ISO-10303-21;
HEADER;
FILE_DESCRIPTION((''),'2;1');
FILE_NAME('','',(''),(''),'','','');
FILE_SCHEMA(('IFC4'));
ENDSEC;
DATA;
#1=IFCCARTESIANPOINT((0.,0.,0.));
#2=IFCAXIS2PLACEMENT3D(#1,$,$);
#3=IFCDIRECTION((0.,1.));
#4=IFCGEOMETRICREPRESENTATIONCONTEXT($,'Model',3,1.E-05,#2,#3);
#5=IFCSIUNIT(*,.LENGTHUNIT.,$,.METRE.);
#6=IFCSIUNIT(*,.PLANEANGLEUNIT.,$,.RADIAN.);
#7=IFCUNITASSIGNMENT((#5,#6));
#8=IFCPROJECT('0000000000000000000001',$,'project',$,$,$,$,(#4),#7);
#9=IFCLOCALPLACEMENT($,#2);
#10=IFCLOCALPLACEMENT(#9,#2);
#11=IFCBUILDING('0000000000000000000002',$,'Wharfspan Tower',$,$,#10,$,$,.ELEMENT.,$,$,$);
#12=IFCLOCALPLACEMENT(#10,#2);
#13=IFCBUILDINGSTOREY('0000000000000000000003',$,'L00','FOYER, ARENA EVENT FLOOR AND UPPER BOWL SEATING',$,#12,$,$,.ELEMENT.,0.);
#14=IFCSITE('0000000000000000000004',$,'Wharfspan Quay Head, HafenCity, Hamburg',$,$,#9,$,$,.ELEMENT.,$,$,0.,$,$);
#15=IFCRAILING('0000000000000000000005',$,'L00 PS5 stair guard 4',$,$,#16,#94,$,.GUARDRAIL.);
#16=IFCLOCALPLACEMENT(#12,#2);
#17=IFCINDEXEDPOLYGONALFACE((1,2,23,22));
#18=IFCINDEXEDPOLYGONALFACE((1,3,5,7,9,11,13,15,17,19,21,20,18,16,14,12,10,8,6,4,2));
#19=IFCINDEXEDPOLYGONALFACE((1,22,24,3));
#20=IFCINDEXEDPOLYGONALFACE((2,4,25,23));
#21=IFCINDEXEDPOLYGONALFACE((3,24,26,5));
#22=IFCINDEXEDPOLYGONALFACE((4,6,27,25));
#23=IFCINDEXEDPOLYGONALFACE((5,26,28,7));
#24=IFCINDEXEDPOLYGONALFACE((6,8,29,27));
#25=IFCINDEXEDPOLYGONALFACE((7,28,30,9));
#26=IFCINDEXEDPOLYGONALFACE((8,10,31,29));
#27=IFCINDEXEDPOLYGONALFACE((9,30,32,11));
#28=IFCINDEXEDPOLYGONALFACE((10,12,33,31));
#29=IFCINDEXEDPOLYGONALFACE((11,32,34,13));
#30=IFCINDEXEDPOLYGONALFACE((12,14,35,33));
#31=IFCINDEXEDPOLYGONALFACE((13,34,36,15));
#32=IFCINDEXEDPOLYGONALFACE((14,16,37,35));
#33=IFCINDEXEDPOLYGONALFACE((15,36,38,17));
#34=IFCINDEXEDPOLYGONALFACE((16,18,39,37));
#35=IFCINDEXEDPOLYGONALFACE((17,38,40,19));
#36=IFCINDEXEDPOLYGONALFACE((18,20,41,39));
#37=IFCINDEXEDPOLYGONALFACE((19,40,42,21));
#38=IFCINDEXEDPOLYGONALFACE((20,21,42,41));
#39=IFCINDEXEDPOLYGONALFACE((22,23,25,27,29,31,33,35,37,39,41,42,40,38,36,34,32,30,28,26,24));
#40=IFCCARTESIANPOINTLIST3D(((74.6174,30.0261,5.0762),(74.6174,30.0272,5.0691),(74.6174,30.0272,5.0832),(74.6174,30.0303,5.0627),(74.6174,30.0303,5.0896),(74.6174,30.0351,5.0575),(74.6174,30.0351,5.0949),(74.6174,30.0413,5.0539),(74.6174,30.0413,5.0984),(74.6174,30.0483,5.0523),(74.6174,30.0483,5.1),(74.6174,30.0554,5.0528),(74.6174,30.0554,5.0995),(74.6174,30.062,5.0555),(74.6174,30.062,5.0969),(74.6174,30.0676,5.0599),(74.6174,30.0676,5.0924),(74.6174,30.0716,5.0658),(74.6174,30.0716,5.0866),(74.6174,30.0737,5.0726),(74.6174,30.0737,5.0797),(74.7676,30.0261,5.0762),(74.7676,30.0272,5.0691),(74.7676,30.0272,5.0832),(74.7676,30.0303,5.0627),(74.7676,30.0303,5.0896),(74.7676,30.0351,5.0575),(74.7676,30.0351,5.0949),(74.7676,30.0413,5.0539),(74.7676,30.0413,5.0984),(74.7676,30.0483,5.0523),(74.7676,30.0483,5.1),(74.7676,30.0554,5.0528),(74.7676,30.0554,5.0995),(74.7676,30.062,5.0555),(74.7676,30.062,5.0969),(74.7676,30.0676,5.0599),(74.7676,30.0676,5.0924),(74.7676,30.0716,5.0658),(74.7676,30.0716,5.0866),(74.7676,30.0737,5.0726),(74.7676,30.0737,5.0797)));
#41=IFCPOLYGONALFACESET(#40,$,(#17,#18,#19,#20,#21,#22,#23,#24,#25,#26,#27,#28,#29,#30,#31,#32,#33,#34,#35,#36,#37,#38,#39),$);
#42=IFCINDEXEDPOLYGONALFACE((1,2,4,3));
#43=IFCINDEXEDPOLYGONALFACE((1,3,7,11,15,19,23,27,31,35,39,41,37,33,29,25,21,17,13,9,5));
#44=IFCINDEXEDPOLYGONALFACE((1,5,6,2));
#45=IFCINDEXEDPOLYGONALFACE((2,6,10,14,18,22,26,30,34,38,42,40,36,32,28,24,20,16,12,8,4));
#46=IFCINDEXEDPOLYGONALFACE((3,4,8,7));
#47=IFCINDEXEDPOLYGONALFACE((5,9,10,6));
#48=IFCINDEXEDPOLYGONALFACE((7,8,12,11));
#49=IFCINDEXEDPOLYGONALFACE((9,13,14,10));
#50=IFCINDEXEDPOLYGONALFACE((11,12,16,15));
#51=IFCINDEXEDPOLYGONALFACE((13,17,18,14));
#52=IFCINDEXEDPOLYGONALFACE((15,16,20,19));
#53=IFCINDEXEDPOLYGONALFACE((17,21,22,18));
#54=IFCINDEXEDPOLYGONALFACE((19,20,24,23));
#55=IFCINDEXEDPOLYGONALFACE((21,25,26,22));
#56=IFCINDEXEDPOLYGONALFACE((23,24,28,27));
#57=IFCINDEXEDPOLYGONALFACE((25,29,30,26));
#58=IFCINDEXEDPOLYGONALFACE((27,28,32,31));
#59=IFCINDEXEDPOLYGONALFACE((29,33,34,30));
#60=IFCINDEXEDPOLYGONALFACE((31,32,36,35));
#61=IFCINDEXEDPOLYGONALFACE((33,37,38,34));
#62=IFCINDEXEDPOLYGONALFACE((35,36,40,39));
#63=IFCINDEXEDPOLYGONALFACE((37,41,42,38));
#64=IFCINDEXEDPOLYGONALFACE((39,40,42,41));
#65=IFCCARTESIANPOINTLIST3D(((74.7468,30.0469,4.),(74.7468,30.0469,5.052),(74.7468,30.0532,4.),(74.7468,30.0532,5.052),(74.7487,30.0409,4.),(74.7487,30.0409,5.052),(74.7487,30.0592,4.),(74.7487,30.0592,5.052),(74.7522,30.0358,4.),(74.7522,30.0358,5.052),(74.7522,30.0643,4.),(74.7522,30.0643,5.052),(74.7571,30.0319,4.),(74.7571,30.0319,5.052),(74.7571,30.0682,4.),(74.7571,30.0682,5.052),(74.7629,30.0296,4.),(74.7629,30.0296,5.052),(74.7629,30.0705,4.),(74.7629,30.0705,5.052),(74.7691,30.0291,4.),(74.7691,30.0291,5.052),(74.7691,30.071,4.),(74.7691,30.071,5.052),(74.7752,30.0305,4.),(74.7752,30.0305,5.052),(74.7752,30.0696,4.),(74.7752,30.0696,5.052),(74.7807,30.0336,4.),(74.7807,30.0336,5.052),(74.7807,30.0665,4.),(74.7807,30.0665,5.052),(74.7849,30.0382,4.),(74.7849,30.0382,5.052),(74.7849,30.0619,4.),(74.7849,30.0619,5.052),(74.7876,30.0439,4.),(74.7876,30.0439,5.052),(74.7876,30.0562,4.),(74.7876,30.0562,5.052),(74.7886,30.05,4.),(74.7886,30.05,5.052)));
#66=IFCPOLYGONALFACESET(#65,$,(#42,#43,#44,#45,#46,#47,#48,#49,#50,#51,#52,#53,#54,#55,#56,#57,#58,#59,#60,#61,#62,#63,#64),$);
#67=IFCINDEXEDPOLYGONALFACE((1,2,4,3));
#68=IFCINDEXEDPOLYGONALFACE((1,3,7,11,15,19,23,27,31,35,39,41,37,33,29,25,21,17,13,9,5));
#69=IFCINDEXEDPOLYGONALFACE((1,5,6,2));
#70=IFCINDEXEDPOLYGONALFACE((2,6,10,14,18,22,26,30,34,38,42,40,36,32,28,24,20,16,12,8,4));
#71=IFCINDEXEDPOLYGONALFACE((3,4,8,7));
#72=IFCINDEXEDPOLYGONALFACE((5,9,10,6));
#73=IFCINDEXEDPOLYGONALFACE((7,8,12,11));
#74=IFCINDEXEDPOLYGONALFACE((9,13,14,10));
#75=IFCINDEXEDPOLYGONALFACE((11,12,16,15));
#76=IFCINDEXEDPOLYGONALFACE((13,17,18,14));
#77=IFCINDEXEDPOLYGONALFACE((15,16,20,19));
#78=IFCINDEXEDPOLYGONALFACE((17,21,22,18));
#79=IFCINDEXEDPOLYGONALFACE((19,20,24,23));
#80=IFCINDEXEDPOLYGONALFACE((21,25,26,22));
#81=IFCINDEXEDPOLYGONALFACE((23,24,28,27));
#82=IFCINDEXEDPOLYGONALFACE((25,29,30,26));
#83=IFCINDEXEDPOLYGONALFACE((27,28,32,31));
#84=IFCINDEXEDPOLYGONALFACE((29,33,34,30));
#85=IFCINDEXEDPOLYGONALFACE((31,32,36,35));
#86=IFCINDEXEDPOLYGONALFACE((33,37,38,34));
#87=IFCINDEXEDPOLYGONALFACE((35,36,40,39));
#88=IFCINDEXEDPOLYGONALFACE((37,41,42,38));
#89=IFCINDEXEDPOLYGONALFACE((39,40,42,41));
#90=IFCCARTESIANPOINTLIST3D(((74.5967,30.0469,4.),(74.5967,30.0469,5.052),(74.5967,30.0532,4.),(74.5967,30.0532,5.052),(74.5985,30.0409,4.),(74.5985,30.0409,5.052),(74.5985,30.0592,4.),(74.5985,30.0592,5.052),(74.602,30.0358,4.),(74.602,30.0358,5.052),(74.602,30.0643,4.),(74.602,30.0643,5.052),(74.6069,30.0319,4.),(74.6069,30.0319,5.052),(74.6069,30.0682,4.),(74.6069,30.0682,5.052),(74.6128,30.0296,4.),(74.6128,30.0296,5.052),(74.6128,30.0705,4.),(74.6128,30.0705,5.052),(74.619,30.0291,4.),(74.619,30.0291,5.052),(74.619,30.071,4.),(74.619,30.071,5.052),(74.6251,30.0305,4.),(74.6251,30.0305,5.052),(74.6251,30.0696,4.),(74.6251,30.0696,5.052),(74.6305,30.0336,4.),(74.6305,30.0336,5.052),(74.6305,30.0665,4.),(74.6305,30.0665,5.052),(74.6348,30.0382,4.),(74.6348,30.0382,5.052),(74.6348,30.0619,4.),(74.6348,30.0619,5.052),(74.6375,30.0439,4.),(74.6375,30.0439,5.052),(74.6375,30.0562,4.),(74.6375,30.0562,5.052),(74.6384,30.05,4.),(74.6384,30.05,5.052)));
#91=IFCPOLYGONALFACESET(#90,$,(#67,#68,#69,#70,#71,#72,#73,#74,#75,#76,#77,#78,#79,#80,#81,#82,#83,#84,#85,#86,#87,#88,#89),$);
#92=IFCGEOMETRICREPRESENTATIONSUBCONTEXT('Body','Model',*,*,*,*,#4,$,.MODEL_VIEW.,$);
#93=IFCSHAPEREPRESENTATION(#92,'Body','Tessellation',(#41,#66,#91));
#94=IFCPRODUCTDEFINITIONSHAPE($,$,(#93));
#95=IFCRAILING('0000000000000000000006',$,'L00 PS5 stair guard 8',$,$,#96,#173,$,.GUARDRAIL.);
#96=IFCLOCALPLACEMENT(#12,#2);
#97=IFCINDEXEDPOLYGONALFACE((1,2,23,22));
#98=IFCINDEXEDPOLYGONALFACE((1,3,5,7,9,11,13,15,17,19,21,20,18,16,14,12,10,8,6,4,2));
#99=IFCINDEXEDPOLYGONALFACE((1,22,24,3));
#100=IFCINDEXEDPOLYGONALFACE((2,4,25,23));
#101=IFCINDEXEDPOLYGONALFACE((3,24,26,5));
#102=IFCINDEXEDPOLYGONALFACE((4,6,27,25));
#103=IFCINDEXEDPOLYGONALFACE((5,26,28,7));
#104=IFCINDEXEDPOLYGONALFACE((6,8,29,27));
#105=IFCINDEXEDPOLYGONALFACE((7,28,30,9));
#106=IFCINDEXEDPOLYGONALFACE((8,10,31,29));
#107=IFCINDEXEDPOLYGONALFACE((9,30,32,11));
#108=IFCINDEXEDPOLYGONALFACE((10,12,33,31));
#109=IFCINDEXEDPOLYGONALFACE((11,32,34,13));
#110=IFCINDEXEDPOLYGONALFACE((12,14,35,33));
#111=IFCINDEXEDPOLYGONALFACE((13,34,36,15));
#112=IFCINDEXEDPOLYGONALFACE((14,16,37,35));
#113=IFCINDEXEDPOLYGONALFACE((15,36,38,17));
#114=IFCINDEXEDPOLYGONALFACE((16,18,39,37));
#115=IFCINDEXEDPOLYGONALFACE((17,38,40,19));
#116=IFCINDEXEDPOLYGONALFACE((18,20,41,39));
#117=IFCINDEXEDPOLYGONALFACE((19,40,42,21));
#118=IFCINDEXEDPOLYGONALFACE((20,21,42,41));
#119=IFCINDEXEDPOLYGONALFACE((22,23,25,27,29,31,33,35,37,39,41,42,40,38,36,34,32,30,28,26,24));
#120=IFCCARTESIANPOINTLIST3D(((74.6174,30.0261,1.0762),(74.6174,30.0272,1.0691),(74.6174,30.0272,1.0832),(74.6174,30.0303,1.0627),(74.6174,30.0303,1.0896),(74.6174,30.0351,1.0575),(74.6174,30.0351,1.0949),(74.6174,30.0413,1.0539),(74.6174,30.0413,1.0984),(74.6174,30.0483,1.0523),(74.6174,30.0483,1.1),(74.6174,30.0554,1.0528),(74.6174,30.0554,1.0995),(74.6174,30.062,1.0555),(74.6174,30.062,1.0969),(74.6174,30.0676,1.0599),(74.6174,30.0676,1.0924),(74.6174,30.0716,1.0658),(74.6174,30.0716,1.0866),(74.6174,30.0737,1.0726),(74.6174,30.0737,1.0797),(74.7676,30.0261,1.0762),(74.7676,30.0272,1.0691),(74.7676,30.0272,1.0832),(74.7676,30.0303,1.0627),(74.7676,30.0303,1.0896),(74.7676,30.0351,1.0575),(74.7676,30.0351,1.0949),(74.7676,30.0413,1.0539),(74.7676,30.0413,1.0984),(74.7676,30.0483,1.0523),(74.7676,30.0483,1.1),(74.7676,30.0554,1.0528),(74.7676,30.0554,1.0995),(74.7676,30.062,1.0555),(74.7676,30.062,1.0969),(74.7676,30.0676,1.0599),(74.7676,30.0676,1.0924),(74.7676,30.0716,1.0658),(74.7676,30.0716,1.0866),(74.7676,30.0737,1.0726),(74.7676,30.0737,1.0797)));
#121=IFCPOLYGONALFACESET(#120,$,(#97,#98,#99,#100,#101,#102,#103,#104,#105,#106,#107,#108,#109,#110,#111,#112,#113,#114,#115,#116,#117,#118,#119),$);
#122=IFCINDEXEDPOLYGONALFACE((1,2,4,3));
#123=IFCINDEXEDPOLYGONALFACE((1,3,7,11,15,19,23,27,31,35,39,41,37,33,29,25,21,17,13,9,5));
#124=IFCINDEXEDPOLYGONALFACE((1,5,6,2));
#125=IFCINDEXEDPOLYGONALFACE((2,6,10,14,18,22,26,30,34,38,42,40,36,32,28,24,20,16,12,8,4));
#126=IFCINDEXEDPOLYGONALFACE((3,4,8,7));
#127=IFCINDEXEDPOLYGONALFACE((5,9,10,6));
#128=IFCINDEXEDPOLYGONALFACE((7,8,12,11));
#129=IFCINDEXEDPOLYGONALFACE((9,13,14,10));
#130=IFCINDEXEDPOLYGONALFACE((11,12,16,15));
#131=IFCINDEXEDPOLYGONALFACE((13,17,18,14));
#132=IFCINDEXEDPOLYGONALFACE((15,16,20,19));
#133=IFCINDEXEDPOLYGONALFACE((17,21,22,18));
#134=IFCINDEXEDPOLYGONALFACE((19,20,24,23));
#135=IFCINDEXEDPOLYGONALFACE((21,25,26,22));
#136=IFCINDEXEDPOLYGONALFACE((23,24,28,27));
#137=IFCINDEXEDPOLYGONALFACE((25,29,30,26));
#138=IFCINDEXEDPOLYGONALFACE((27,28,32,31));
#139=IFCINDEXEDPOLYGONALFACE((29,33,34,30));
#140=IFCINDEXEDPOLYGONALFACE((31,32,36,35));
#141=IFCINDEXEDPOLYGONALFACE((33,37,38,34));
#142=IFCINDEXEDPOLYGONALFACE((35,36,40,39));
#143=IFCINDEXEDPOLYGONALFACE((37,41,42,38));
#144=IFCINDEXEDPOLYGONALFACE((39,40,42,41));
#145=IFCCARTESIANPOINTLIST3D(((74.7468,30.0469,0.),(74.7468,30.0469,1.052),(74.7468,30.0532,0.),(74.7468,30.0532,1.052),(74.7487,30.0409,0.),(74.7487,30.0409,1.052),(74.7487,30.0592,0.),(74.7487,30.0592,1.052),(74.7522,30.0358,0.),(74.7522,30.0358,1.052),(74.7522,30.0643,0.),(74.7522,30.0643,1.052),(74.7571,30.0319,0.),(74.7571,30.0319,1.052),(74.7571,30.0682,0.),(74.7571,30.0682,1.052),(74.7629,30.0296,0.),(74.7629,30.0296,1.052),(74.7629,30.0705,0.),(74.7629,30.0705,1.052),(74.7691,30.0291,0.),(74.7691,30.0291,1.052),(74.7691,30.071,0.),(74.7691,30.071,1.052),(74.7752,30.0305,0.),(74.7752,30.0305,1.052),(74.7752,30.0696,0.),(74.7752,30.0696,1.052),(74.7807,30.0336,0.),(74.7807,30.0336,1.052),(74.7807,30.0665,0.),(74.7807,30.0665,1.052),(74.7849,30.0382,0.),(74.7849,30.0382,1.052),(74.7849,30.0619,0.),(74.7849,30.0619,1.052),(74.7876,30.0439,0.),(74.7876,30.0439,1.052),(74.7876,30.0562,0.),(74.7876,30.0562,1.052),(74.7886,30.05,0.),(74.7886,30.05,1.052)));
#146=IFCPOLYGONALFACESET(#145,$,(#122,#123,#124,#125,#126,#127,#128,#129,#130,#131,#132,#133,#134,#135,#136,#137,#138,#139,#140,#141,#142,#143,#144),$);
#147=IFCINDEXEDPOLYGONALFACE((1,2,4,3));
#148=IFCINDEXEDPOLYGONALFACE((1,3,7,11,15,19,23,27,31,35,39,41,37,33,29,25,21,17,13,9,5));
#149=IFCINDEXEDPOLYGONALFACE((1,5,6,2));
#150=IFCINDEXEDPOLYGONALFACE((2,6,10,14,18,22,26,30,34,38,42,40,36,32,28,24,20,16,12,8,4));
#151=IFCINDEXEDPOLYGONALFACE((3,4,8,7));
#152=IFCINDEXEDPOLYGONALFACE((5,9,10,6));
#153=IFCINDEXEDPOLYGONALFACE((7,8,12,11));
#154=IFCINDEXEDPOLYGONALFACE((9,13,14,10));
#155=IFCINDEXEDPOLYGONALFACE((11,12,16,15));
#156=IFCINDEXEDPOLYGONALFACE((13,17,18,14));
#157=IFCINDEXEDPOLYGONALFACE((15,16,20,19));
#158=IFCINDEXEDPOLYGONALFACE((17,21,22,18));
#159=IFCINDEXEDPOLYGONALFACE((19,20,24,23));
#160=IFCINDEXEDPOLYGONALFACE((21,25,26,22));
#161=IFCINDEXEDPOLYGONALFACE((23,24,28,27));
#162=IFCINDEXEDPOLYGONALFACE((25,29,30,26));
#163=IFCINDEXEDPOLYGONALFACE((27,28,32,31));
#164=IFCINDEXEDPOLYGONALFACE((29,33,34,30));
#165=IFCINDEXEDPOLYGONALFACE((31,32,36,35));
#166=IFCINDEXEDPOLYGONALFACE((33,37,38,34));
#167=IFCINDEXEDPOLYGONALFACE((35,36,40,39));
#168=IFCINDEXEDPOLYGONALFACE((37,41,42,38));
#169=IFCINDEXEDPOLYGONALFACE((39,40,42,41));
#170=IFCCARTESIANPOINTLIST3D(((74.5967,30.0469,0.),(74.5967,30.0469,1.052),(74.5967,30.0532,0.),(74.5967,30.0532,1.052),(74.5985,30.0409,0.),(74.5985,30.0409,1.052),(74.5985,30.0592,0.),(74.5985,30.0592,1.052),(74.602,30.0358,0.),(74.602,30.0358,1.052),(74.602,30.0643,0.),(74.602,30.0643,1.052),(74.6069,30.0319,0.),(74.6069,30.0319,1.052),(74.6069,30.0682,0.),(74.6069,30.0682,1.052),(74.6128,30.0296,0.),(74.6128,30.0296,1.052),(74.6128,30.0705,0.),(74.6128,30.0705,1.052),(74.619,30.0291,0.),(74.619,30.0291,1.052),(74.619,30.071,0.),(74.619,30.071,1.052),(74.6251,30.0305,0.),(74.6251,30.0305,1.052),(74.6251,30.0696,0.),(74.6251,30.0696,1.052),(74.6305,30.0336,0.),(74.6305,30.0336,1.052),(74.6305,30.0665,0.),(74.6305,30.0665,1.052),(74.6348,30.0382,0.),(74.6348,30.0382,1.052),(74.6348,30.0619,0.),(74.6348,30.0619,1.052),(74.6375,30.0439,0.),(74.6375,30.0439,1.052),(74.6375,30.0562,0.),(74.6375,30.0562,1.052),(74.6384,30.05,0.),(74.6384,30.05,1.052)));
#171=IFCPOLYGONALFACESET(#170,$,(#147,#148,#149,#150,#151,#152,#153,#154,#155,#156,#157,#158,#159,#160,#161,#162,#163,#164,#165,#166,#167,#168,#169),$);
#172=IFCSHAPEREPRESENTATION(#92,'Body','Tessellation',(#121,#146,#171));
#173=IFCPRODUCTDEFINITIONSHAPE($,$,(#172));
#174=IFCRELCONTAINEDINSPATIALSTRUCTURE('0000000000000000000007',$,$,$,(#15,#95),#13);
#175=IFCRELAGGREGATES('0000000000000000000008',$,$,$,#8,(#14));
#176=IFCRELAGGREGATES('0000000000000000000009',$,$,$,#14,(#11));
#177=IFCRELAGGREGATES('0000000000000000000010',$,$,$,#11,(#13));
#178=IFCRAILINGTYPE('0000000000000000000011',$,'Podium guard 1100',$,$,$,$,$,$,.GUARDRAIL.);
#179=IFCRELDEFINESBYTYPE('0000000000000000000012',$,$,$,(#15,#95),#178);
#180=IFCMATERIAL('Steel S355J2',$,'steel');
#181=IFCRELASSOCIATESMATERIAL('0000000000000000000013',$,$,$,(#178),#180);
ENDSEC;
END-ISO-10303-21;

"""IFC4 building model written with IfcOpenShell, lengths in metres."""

from ifc_helpers import new_model, si_unit, direction, frame, origin, origin_2d, place, context, subcontext, project, spatial, circle, extrude, material, type_object, element, save


model = new_model("IFC4")

# Units and contexts
model_context = context("Model", 3, precision=1e-05, world=origin(), true_north=direction((0.0, 1.0)))
body_context = subcontext(model_context, "Body", "Model", "MODEL_VIEW")
ifc_project = project(units=[si_unit("LENGTHUNIT", "METRE"), si_unit("PLANEANGLEUNIT", "RADIAN")], contexts=[model_context])

# Site, building, storey
site_placement = place(None, origin())
site = spatial("IfcSite", under=ifc_project, at=site_placement, Name="Wharfspan Quay Head, HafenCity, Hamburg", CompositionType="ELEMENT", RefElevation=0.0)
building_placement = place(site_placement, origin())
building = spatial("IfcBuilding", under=site, at=building_placement, Name="Wharfspan Tower", CompositionType="ELEMENT")
storey_placement = place(building_placement, origin())
storey = spatial("IfcBuildingStorey", under=building, at=storey_placement, Name="L00", Description="FOYER, ARENA EVENT FLOOR AND UPPER BOWL SEATING", CompositionType="ELEMENT", Elevation=0.0)

# Railings
ifc_material_1 = material(Name="Steel S355J2", Category="steel")
railing_type_1 = type_object("IfcRailingType", Name="Podium guard 1100", PredefinedType="GUARDRAIL", material=ifc_material_1)
for number, where, name in (
    (1, (74.7676, 30.05, 4.0), "L00 PS5 stair guard 4"),
    (2, (74.7676, 30.05, 0.0), "L00 PS5 stair guard 8"),
):
    element("IfcRailing", number, at=place(storey_placement, frame(where)), inside=storey, type_object=railing_type_1, Name=name, PredefinedType="GUARDRAIL", context=body_context, shape_type="SweptSolid", body=[
        extrude(circle(Radius=0.0239, at=origin_2d()), frame((0.0, 0.0, 1.0762), z_axis=(-1.0, 0.0, 0.0), x_axis=(0.0, -1.0, 0.0)), (0.0, 0.0, 1.0), 0.1501),
        extrude(circle(Radius=0.021, at=origin_2d()), origin(), (0.0, 0.0, 1.0), 1.052),
        extrude(circle(Radius=0.021, at=origin_2d()), frame((-0.1501, 0.0, 0.0)), (0.0, 0.0, 1.0), 1.052),
    ])

save(model, "model.ifc")
